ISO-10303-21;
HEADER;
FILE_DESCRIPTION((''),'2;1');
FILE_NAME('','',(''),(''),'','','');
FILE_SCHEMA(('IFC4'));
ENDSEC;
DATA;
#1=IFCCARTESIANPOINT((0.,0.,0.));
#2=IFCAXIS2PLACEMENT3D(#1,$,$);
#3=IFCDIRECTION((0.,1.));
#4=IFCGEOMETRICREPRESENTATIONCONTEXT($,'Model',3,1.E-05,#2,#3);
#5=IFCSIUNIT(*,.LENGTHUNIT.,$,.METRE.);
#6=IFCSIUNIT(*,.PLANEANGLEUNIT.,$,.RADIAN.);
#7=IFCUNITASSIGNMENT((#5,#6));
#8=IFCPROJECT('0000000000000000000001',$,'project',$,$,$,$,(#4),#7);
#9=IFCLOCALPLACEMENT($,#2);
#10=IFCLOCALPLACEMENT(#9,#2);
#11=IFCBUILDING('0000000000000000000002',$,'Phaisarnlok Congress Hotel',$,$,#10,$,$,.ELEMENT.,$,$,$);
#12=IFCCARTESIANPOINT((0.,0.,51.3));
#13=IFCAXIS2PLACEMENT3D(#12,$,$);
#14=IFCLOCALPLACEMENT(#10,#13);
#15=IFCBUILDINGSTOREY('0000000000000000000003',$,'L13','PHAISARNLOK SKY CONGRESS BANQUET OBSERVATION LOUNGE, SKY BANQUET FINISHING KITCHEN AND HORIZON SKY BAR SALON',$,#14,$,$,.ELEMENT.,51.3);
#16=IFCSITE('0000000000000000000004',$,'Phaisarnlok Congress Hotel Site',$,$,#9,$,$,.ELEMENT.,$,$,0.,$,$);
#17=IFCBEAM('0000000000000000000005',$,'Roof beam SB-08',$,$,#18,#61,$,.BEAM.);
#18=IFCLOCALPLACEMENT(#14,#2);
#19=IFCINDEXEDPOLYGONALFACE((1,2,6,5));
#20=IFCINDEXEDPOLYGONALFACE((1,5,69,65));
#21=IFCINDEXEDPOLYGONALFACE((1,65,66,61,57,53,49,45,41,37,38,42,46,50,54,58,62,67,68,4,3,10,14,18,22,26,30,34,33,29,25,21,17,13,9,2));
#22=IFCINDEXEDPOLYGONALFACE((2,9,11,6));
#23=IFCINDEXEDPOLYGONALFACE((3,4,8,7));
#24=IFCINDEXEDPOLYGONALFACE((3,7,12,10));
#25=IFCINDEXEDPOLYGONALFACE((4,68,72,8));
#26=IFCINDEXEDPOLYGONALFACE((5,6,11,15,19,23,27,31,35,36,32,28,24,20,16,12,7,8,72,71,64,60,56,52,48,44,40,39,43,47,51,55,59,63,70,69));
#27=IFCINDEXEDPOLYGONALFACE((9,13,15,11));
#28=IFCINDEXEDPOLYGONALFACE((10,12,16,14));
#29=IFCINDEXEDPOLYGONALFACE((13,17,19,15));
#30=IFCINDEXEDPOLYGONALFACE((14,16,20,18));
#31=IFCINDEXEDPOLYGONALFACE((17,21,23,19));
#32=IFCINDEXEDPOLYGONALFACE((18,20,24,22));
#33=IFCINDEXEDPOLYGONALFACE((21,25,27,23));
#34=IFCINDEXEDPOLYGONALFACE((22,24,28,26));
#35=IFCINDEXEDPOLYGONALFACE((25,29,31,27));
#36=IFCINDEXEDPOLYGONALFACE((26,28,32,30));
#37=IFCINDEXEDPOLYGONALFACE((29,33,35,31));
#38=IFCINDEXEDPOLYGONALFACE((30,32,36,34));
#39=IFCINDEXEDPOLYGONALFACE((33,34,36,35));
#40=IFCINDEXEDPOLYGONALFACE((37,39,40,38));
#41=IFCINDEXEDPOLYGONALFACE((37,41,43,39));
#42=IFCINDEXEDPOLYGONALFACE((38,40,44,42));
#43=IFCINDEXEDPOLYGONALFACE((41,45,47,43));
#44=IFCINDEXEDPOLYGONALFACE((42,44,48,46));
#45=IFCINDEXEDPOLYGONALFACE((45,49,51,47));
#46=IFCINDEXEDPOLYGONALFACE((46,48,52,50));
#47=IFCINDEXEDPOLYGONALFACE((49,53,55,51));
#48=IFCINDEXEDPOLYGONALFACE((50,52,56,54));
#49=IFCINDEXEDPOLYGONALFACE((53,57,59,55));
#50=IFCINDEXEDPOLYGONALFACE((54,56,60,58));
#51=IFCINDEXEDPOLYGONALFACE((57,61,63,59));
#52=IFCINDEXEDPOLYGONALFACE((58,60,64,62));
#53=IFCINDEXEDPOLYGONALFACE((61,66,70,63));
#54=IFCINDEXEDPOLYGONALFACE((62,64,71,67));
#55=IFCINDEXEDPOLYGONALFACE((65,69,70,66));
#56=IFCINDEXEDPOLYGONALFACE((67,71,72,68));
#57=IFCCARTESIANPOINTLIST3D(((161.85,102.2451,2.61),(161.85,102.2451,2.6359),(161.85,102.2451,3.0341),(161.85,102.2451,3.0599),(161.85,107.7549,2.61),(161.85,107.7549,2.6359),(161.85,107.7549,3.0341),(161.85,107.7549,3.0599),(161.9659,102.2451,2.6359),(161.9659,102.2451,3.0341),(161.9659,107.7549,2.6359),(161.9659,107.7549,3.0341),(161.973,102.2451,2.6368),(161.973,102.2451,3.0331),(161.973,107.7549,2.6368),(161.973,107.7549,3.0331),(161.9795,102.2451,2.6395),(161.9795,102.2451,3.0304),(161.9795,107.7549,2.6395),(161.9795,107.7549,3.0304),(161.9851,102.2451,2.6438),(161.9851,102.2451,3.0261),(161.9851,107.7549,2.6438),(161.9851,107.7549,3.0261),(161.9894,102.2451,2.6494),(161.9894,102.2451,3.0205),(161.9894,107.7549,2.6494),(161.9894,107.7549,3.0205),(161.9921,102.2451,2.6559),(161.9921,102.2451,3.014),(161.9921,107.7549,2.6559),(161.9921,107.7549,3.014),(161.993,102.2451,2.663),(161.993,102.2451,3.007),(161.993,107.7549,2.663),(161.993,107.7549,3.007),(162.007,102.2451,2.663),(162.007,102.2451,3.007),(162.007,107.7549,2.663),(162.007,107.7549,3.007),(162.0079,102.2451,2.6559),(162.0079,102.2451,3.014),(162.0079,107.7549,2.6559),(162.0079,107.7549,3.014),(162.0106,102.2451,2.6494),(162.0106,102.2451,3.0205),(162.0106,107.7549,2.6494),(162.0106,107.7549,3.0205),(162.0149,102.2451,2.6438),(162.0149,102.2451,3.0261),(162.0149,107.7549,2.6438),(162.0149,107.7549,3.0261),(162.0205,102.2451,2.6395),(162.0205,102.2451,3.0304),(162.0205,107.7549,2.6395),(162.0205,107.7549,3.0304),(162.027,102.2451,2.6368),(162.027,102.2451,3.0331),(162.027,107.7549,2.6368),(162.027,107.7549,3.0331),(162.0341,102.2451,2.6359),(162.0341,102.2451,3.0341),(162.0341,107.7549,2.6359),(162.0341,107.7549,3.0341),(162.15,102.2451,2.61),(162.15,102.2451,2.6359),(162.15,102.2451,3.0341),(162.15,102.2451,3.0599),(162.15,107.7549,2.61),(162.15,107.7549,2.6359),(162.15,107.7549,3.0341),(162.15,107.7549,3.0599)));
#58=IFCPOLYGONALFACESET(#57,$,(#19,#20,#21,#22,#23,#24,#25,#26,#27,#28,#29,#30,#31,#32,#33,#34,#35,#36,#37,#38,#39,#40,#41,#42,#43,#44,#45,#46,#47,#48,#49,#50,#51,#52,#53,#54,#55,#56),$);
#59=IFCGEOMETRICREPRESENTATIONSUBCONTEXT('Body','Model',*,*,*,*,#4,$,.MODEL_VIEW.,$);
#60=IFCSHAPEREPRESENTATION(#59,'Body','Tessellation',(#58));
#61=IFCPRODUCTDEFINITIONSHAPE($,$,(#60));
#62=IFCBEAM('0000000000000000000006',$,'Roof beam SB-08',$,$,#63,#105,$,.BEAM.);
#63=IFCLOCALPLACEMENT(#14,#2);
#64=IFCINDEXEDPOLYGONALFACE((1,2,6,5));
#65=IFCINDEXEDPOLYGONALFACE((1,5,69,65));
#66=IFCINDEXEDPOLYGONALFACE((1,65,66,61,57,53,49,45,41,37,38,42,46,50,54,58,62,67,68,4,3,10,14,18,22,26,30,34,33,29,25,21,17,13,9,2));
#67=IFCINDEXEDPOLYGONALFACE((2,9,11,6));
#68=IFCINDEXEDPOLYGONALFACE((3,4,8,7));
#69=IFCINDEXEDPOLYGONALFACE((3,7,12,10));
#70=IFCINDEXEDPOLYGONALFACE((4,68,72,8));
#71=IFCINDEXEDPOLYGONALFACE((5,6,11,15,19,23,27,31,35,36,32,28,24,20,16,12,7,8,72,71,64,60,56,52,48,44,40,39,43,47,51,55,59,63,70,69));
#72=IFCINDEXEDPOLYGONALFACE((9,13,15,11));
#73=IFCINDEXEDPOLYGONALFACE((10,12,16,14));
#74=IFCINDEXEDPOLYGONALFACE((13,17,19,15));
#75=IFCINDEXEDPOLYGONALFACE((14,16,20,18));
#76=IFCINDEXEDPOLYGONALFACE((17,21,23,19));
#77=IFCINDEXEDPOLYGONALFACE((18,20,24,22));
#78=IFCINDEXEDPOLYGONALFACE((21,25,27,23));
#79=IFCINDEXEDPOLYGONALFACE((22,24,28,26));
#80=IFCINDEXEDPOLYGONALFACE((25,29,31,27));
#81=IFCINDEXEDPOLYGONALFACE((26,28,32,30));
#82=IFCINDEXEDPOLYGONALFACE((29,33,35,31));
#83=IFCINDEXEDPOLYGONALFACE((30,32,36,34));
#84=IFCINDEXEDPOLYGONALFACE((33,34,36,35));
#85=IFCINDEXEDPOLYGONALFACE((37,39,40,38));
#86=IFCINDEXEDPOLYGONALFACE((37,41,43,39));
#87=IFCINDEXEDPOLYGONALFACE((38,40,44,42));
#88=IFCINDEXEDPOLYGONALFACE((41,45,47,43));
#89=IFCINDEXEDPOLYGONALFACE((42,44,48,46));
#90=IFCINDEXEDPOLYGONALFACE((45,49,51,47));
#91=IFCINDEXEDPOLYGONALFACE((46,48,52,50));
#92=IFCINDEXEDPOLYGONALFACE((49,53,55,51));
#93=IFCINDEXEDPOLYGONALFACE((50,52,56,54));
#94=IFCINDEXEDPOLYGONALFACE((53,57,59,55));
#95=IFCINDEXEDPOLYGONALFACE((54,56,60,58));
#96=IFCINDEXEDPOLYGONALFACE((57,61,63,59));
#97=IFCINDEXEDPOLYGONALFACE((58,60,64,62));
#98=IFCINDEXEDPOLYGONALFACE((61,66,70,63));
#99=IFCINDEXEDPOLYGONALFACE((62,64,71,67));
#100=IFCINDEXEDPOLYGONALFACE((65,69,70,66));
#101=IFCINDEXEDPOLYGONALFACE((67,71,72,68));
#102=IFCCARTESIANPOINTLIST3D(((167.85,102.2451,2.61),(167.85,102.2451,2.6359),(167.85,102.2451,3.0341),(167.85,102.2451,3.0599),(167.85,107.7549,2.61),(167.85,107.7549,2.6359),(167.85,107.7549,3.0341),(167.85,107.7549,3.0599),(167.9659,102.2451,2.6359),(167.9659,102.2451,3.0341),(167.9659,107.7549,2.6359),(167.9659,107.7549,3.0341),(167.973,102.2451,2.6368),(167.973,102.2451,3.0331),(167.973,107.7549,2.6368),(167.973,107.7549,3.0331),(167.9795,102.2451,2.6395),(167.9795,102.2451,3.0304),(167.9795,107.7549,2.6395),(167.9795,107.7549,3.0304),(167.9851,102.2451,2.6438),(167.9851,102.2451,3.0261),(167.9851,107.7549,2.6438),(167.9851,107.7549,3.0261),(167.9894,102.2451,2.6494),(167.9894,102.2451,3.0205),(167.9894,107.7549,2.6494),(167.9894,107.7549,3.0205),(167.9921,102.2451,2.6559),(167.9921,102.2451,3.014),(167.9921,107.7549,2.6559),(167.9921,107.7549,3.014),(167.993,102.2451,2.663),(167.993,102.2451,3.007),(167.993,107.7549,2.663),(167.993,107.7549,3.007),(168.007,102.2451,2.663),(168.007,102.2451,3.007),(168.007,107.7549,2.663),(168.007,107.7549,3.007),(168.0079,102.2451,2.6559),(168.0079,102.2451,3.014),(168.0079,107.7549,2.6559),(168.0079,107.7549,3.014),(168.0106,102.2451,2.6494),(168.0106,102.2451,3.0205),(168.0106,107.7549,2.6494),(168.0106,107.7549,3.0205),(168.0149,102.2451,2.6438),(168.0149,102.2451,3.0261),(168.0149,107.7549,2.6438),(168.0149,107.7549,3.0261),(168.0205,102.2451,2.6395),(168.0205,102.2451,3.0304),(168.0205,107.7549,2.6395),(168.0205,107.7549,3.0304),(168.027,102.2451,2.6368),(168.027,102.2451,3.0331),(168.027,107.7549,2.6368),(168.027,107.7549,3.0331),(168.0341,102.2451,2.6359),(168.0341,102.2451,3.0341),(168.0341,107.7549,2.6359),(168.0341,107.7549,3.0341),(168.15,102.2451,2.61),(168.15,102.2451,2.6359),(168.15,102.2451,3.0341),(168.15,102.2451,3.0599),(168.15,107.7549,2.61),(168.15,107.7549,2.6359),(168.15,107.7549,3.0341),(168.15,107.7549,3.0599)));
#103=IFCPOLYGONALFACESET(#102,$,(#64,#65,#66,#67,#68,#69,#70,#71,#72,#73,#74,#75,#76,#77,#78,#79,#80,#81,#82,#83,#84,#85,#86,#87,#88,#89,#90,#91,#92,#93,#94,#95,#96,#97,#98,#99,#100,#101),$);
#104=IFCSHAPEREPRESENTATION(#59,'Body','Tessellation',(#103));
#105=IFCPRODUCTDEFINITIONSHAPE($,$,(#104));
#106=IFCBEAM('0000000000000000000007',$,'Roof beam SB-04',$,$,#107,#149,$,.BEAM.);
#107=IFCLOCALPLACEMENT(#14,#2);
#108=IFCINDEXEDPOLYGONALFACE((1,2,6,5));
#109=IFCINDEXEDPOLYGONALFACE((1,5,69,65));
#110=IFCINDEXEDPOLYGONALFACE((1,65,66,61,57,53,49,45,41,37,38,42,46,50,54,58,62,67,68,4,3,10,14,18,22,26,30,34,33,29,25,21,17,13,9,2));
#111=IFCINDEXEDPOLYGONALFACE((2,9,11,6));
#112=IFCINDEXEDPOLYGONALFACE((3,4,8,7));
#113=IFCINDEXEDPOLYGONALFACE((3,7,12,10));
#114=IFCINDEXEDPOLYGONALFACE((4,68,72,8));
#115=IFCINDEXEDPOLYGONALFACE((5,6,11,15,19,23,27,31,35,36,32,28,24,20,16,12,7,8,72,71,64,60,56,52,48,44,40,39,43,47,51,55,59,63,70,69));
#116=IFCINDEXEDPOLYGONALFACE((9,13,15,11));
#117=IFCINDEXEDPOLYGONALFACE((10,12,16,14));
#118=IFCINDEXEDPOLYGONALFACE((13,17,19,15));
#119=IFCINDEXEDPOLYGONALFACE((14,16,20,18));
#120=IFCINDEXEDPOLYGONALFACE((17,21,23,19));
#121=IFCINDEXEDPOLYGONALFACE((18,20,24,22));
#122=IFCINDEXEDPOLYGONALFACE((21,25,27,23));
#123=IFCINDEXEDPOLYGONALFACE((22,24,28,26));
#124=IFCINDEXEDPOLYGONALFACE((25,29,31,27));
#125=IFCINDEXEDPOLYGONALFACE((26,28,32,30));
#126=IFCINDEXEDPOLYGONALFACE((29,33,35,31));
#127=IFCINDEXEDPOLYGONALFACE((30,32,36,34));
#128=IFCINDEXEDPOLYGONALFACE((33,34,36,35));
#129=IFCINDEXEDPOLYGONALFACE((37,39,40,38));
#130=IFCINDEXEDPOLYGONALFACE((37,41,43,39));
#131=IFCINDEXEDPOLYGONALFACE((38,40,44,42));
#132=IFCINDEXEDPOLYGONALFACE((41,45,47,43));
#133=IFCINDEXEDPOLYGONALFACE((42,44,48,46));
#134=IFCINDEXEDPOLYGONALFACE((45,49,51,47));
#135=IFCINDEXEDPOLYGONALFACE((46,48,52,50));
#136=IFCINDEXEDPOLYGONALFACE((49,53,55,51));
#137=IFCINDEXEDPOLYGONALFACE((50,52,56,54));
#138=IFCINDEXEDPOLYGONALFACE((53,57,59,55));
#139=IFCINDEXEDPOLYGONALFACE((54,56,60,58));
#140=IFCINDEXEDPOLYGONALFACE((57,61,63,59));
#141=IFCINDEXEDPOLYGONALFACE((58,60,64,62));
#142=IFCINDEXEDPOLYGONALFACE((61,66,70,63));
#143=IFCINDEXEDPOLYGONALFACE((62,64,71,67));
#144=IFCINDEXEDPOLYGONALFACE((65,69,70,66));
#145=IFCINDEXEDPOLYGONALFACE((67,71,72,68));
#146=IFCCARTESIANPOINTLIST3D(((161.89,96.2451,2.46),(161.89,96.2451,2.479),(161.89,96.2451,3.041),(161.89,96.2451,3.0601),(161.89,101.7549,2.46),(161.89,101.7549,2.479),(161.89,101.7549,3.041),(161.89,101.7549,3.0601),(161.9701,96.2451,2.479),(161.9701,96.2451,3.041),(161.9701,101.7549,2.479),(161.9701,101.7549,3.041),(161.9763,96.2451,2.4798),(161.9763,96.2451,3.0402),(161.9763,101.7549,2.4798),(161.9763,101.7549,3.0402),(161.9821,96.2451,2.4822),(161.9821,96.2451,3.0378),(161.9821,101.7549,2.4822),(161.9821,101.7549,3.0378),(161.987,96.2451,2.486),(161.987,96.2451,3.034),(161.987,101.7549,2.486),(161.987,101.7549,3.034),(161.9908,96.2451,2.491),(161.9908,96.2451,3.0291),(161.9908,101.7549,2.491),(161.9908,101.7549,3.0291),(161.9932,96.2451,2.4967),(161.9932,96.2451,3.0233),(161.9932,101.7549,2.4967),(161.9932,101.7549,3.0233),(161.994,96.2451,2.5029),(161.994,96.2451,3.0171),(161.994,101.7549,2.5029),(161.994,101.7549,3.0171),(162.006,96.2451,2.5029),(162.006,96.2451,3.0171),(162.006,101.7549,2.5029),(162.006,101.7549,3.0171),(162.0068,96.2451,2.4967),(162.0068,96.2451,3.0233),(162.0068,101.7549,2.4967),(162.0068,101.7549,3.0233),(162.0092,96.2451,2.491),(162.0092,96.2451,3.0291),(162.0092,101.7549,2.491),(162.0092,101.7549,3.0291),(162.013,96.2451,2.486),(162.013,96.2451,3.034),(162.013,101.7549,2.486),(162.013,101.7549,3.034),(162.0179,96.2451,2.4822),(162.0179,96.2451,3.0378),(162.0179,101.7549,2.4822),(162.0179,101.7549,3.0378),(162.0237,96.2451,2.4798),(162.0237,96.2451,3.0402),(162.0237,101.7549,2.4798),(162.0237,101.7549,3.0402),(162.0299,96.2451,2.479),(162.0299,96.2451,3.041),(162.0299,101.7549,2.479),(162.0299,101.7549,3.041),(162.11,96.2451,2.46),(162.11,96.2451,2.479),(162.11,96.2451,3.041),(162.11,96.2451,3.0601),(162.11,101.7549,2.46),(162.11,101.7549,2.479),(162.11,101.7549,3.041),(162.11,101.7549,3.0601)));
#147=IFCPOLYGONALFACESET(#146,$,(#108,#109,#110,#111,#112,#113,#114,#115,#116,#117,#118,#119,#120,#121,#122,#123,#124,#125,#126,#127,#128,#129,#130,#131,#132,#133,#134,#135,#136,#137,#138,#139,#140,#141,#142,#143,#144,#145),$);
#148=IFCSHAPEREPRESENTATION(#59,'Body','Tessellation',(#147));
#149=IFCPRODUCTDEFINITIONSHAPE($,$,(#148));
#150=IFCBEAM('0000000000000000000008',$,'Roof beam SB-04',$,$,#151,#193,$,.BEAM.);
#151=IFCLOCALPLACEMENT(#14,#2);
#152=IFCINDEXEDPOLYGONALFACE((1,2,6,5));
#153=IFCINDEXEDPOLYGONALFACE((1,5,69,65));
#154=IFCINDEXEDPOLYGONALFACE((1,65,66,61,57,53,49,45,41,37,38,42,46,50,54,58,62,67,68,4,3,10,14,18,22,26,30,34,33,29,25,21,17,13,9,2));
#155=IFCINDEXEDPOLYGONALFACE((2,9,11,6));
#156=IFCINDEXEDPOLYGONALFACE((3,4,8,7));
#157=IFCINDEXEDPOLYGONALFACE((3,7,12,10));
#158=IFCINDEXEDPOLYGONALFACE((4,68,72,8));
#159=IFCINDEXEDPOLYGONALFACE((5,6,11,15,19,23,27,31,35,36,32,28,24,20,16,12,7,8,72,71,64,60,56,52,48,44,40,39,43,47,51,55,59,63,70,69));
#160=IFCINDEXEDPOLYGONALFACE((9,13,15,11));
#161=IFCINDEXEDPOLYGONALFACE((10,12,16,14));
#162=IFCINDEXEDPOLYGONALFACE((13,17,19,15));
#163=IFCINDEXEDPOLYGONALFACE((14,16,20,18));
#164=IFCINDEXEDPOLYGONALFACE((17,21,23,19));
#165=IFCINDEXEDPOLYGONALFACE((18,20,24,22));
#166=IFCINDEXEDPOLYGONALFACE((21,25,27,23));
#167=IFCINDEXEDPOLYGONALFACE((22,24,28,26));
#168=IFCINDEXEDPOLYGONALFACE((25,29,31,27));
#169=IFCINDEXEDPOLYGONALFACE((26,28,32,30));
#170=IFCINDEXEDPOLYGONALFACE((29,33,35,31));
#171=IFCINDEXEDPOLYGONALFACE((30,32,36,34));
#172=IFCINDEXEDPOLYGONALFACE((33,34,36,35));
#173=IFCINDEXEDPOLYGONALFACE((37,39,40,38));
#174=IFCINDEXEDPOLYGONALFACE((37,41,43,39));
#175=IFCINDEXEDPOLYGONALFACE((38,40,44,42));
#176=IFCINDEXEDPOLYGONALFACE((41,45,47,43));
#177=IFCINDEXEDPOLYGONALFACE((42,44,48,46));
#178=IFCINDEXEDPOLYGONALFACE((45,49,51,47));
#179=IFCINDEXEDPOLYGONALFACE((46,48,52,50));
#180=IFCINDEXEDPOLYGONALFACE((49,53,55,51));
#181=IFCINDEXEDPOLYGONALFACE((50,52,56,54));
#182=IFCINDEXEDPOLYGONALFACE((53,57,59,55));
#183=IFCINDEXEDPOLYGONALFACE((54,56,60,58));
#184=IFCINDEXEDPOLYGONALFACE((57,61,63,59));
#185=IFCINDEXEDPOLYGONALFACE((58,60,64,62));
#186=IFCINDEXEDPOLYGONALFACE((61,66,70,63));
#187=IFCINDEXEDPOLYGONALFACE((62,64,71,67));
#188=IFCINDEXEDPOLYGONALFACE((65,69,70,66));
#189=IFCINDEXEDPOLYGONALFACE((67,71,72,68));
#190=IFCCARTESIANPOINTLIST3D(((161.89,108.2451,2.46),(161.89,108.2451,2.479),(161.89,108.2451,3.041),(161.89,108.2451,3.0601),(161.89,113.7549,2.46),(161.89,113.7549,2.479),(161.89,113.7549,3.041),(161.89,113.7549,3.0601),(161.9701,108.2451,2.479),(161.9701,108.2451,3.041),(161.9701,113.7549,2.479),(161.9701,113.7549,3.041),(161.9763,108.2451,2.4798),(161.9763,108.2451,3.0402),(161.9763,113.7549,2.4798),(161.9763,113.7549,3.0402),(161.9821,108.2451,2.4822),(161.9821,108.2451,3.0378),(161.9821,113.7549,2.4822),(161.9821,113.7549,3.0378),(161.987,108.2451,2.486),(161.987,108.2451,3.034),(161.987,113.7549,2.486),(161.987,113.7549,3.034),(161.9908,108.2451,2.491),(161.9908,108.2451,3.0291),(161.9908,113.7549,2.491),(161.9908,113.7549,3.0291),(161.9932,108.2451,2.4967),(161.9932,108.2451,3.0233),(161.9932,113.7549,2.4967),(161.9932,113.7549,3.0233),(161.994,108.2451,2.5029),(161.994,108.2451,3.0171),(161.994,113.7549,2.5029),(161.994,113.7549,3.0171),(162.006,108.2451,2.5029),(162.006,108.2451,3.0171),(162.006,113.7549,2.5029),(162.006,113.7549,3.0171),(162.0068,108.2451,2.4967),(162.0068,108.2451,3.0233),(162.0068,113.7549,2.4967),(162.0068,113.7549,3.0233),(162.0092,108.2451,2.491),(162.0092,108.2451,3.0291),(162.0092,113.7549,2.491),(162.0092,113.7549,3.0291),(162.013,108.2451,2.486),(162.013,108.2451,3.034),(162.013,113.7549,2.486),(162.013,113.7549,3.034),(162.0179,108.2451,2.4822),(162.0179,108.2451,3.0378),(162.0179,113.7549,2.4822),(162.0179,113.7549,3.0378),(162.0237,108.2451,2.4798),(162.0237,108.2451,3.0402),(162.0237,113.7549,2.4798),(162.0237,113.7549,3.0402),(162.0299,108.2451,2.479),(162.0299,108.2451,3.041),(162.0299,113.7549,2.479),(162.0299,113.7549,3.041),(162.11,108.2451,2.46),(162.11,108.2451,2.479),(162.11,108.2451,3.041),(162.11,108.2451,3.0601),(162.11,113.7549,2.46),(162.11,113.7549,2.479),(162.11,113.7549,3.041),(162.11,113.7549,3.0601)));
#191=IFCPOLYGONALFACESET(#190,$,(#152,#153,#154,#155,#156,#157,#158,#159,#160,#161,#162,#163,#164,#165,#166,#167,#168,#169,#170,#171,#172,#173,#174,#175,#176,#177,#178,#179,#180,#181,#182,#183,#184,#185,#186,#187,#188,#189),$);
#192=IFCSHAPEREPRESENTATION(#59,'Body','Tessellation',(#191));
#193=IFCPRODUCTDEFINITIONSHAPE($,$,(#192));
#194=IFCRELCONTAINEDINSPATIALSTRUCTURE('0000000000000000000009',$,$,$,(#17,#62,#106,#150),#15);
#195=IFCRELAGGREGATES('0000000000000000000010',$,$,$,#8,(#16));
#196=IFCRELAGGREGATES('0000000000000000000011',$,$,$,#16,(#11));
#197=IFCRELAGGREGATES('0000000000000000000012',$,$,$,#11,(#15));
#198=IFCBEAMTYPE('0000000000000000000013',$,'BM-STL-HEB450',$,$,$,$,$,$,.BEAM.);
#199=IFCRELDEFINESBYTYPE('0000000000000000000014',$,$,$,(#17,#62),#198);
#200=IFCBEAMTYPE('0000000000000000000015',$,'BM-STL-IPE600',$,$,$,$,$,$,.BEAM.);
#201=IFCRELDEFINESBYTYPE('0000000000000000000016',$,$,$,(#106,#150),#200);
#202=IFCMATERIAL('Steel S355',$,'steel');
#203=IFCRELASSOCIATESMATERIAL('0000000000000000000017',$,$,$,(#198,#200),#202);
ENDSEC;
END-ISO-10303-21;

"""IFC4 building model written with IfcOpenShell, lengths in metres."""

from ifc_helpers import new_model, si_unit, direction, frame, origin, origin_2d, place, context, subcontext, project, spatial, i_section, extrude, material, material_profile, profile_set, type_object, element, save


model = new_model("IFC4")

# Units and contexts
model_context = context("Model", 3, precision=1e-05, world=origin(), true_north=direction((0.0, 1.0)))
body_context = subcontext(model_context, "Body", "Model", "MODEL_VIEW")
ifc_project = project(units=[si_unit("LENGTHUNIT", "METRE"), si_unit("PLANEANGLEUNIT", "RADIAN")], contexts=[model_context])

# Site, building, storey
site_placement = place(None, origin())
site = spatial("IfcSite", under=ifc_project, at=site_placement, Name="Phaisarnlok Congress Hotel Site", CompositionType="ELEMENT", RefElevation=0.0)
building_placement = place(site_placement, origin())
building = spatial("IfcBuilding", under=site, at=building_placement, Name="Phaisarnlok Congress Hotel", CompositionType="ELEMENT")
storey_placement = place(building_placement, frame((0.0, 0.0, 51.3)))
storey = spatial("IfcBuildingStorey", under=building, at=storey_placement, Name="L13", Description="PHAISARNLOK SKY CONGRESS BANQUET OBSERVATION LOUNGE, SKY BANQUET FINISHING KITCHEN AND HORIZON SKY BAR SALON", CompositionType="ELEMENT", Elevation=51.3)

# Beams
ifc_material_1 = material(Name="Steel S355", Category="steel")
ifc_material_profile_1 = material_profile(ifc_material_1, i_section(OverallWidth=0.3, OverallDepth=0.45, WebThickness=0.0139, FlangeThickness=0.0259, FilletRadius=0.0271, at=origin_2d()), Name="HEB 450")
ifc_profile_set_1 = profile_set([ifc_material_profile_1], Name="Steel S355")
beam_type_1 = type_object("IfcBeamType", Name="BM-STL-HEB450", PredefinedType="BEAM", material=ifc_profile_set_1)
for number, where, z_axis, x_axis, name in (
    (1, (162.0, 102.2451, 2.835), (0.0, 1.0, 0.0), (-1.0, 0.0, 0.0), "Roof beam SB-08"),
    (2, (168.0, 102.2451, 2.835), (0.0, 1.0, 0.0), (-1.0, 0.0, 0.0), "Roof beam SB-08"),
):
    element("IfcBeam", number, at=place(storey_placement, frame(where, z_axis=z_axis, x_axis=x_axis)), inside=storey, type_object=beam_type_1, Name=name, PredefinedType="BEAM", context=body_context, shape_type="SweptSolid", body=[
        extrude(i_section(OverallWidth=0.3, OverallDepth=0.45, WebThickness=0.0139, FlangeThickness=0.0259, FilletRadius=0.0271, at=origin_2d()), origin(), (0.0, 0.0, 1.0), 5.5098),
    ])
ifc_material_profile_2 = material_profile(ifc_material_1, i_section(OverallWidth=0.22, OverallDepth=0.6001, WebThickness=0.012, FlangeThickness=0.019, FilletRadius=0.0239, at=origin_2d()), Name="IPE 600")
ifc_profile_set_2 = profile_set([ifc_material_profile_2], Name="Steel S355")
beam_type_2 = type_object("IfcBeamType", Name="BM-STL-IPE600", PredefinedType="BEAM", material=ifc_profile_set_2)
for number, where, z_axis, x_axis, name in (
    (3, (162.0, 96.2451, 2.76), (0.0, 1.0, 0.0), (-1.0, 0.0, 0.0), "Roof beam SB-04"),
    (4, (162.0, 108.2451, 2.76), (0.0, 1.0, 0.0), (-1.0, 0.0, 0.0), "Roof beam SB-04"),
):
    element("IfcBeam", number, at=place(storey_placement, frame(where, z_axis=z_axis, x_axis=x_axis)), inside=storey, type_object=beam_type_2, Name=name, PredefinedType="BEAM", context=body_context, shape_type="SweptSolid", body=[
        extrude(i_section(OverallWidth=0.22, OverallDepth=0.6001, WebThickness=0.012, FlangeThickness=0.019, FilletRadius=0.0239, at=origin_2d()), origin(), (0.0, 0.0, 1.0), 5.5098),
    ])

save(model, "model.ifc")
